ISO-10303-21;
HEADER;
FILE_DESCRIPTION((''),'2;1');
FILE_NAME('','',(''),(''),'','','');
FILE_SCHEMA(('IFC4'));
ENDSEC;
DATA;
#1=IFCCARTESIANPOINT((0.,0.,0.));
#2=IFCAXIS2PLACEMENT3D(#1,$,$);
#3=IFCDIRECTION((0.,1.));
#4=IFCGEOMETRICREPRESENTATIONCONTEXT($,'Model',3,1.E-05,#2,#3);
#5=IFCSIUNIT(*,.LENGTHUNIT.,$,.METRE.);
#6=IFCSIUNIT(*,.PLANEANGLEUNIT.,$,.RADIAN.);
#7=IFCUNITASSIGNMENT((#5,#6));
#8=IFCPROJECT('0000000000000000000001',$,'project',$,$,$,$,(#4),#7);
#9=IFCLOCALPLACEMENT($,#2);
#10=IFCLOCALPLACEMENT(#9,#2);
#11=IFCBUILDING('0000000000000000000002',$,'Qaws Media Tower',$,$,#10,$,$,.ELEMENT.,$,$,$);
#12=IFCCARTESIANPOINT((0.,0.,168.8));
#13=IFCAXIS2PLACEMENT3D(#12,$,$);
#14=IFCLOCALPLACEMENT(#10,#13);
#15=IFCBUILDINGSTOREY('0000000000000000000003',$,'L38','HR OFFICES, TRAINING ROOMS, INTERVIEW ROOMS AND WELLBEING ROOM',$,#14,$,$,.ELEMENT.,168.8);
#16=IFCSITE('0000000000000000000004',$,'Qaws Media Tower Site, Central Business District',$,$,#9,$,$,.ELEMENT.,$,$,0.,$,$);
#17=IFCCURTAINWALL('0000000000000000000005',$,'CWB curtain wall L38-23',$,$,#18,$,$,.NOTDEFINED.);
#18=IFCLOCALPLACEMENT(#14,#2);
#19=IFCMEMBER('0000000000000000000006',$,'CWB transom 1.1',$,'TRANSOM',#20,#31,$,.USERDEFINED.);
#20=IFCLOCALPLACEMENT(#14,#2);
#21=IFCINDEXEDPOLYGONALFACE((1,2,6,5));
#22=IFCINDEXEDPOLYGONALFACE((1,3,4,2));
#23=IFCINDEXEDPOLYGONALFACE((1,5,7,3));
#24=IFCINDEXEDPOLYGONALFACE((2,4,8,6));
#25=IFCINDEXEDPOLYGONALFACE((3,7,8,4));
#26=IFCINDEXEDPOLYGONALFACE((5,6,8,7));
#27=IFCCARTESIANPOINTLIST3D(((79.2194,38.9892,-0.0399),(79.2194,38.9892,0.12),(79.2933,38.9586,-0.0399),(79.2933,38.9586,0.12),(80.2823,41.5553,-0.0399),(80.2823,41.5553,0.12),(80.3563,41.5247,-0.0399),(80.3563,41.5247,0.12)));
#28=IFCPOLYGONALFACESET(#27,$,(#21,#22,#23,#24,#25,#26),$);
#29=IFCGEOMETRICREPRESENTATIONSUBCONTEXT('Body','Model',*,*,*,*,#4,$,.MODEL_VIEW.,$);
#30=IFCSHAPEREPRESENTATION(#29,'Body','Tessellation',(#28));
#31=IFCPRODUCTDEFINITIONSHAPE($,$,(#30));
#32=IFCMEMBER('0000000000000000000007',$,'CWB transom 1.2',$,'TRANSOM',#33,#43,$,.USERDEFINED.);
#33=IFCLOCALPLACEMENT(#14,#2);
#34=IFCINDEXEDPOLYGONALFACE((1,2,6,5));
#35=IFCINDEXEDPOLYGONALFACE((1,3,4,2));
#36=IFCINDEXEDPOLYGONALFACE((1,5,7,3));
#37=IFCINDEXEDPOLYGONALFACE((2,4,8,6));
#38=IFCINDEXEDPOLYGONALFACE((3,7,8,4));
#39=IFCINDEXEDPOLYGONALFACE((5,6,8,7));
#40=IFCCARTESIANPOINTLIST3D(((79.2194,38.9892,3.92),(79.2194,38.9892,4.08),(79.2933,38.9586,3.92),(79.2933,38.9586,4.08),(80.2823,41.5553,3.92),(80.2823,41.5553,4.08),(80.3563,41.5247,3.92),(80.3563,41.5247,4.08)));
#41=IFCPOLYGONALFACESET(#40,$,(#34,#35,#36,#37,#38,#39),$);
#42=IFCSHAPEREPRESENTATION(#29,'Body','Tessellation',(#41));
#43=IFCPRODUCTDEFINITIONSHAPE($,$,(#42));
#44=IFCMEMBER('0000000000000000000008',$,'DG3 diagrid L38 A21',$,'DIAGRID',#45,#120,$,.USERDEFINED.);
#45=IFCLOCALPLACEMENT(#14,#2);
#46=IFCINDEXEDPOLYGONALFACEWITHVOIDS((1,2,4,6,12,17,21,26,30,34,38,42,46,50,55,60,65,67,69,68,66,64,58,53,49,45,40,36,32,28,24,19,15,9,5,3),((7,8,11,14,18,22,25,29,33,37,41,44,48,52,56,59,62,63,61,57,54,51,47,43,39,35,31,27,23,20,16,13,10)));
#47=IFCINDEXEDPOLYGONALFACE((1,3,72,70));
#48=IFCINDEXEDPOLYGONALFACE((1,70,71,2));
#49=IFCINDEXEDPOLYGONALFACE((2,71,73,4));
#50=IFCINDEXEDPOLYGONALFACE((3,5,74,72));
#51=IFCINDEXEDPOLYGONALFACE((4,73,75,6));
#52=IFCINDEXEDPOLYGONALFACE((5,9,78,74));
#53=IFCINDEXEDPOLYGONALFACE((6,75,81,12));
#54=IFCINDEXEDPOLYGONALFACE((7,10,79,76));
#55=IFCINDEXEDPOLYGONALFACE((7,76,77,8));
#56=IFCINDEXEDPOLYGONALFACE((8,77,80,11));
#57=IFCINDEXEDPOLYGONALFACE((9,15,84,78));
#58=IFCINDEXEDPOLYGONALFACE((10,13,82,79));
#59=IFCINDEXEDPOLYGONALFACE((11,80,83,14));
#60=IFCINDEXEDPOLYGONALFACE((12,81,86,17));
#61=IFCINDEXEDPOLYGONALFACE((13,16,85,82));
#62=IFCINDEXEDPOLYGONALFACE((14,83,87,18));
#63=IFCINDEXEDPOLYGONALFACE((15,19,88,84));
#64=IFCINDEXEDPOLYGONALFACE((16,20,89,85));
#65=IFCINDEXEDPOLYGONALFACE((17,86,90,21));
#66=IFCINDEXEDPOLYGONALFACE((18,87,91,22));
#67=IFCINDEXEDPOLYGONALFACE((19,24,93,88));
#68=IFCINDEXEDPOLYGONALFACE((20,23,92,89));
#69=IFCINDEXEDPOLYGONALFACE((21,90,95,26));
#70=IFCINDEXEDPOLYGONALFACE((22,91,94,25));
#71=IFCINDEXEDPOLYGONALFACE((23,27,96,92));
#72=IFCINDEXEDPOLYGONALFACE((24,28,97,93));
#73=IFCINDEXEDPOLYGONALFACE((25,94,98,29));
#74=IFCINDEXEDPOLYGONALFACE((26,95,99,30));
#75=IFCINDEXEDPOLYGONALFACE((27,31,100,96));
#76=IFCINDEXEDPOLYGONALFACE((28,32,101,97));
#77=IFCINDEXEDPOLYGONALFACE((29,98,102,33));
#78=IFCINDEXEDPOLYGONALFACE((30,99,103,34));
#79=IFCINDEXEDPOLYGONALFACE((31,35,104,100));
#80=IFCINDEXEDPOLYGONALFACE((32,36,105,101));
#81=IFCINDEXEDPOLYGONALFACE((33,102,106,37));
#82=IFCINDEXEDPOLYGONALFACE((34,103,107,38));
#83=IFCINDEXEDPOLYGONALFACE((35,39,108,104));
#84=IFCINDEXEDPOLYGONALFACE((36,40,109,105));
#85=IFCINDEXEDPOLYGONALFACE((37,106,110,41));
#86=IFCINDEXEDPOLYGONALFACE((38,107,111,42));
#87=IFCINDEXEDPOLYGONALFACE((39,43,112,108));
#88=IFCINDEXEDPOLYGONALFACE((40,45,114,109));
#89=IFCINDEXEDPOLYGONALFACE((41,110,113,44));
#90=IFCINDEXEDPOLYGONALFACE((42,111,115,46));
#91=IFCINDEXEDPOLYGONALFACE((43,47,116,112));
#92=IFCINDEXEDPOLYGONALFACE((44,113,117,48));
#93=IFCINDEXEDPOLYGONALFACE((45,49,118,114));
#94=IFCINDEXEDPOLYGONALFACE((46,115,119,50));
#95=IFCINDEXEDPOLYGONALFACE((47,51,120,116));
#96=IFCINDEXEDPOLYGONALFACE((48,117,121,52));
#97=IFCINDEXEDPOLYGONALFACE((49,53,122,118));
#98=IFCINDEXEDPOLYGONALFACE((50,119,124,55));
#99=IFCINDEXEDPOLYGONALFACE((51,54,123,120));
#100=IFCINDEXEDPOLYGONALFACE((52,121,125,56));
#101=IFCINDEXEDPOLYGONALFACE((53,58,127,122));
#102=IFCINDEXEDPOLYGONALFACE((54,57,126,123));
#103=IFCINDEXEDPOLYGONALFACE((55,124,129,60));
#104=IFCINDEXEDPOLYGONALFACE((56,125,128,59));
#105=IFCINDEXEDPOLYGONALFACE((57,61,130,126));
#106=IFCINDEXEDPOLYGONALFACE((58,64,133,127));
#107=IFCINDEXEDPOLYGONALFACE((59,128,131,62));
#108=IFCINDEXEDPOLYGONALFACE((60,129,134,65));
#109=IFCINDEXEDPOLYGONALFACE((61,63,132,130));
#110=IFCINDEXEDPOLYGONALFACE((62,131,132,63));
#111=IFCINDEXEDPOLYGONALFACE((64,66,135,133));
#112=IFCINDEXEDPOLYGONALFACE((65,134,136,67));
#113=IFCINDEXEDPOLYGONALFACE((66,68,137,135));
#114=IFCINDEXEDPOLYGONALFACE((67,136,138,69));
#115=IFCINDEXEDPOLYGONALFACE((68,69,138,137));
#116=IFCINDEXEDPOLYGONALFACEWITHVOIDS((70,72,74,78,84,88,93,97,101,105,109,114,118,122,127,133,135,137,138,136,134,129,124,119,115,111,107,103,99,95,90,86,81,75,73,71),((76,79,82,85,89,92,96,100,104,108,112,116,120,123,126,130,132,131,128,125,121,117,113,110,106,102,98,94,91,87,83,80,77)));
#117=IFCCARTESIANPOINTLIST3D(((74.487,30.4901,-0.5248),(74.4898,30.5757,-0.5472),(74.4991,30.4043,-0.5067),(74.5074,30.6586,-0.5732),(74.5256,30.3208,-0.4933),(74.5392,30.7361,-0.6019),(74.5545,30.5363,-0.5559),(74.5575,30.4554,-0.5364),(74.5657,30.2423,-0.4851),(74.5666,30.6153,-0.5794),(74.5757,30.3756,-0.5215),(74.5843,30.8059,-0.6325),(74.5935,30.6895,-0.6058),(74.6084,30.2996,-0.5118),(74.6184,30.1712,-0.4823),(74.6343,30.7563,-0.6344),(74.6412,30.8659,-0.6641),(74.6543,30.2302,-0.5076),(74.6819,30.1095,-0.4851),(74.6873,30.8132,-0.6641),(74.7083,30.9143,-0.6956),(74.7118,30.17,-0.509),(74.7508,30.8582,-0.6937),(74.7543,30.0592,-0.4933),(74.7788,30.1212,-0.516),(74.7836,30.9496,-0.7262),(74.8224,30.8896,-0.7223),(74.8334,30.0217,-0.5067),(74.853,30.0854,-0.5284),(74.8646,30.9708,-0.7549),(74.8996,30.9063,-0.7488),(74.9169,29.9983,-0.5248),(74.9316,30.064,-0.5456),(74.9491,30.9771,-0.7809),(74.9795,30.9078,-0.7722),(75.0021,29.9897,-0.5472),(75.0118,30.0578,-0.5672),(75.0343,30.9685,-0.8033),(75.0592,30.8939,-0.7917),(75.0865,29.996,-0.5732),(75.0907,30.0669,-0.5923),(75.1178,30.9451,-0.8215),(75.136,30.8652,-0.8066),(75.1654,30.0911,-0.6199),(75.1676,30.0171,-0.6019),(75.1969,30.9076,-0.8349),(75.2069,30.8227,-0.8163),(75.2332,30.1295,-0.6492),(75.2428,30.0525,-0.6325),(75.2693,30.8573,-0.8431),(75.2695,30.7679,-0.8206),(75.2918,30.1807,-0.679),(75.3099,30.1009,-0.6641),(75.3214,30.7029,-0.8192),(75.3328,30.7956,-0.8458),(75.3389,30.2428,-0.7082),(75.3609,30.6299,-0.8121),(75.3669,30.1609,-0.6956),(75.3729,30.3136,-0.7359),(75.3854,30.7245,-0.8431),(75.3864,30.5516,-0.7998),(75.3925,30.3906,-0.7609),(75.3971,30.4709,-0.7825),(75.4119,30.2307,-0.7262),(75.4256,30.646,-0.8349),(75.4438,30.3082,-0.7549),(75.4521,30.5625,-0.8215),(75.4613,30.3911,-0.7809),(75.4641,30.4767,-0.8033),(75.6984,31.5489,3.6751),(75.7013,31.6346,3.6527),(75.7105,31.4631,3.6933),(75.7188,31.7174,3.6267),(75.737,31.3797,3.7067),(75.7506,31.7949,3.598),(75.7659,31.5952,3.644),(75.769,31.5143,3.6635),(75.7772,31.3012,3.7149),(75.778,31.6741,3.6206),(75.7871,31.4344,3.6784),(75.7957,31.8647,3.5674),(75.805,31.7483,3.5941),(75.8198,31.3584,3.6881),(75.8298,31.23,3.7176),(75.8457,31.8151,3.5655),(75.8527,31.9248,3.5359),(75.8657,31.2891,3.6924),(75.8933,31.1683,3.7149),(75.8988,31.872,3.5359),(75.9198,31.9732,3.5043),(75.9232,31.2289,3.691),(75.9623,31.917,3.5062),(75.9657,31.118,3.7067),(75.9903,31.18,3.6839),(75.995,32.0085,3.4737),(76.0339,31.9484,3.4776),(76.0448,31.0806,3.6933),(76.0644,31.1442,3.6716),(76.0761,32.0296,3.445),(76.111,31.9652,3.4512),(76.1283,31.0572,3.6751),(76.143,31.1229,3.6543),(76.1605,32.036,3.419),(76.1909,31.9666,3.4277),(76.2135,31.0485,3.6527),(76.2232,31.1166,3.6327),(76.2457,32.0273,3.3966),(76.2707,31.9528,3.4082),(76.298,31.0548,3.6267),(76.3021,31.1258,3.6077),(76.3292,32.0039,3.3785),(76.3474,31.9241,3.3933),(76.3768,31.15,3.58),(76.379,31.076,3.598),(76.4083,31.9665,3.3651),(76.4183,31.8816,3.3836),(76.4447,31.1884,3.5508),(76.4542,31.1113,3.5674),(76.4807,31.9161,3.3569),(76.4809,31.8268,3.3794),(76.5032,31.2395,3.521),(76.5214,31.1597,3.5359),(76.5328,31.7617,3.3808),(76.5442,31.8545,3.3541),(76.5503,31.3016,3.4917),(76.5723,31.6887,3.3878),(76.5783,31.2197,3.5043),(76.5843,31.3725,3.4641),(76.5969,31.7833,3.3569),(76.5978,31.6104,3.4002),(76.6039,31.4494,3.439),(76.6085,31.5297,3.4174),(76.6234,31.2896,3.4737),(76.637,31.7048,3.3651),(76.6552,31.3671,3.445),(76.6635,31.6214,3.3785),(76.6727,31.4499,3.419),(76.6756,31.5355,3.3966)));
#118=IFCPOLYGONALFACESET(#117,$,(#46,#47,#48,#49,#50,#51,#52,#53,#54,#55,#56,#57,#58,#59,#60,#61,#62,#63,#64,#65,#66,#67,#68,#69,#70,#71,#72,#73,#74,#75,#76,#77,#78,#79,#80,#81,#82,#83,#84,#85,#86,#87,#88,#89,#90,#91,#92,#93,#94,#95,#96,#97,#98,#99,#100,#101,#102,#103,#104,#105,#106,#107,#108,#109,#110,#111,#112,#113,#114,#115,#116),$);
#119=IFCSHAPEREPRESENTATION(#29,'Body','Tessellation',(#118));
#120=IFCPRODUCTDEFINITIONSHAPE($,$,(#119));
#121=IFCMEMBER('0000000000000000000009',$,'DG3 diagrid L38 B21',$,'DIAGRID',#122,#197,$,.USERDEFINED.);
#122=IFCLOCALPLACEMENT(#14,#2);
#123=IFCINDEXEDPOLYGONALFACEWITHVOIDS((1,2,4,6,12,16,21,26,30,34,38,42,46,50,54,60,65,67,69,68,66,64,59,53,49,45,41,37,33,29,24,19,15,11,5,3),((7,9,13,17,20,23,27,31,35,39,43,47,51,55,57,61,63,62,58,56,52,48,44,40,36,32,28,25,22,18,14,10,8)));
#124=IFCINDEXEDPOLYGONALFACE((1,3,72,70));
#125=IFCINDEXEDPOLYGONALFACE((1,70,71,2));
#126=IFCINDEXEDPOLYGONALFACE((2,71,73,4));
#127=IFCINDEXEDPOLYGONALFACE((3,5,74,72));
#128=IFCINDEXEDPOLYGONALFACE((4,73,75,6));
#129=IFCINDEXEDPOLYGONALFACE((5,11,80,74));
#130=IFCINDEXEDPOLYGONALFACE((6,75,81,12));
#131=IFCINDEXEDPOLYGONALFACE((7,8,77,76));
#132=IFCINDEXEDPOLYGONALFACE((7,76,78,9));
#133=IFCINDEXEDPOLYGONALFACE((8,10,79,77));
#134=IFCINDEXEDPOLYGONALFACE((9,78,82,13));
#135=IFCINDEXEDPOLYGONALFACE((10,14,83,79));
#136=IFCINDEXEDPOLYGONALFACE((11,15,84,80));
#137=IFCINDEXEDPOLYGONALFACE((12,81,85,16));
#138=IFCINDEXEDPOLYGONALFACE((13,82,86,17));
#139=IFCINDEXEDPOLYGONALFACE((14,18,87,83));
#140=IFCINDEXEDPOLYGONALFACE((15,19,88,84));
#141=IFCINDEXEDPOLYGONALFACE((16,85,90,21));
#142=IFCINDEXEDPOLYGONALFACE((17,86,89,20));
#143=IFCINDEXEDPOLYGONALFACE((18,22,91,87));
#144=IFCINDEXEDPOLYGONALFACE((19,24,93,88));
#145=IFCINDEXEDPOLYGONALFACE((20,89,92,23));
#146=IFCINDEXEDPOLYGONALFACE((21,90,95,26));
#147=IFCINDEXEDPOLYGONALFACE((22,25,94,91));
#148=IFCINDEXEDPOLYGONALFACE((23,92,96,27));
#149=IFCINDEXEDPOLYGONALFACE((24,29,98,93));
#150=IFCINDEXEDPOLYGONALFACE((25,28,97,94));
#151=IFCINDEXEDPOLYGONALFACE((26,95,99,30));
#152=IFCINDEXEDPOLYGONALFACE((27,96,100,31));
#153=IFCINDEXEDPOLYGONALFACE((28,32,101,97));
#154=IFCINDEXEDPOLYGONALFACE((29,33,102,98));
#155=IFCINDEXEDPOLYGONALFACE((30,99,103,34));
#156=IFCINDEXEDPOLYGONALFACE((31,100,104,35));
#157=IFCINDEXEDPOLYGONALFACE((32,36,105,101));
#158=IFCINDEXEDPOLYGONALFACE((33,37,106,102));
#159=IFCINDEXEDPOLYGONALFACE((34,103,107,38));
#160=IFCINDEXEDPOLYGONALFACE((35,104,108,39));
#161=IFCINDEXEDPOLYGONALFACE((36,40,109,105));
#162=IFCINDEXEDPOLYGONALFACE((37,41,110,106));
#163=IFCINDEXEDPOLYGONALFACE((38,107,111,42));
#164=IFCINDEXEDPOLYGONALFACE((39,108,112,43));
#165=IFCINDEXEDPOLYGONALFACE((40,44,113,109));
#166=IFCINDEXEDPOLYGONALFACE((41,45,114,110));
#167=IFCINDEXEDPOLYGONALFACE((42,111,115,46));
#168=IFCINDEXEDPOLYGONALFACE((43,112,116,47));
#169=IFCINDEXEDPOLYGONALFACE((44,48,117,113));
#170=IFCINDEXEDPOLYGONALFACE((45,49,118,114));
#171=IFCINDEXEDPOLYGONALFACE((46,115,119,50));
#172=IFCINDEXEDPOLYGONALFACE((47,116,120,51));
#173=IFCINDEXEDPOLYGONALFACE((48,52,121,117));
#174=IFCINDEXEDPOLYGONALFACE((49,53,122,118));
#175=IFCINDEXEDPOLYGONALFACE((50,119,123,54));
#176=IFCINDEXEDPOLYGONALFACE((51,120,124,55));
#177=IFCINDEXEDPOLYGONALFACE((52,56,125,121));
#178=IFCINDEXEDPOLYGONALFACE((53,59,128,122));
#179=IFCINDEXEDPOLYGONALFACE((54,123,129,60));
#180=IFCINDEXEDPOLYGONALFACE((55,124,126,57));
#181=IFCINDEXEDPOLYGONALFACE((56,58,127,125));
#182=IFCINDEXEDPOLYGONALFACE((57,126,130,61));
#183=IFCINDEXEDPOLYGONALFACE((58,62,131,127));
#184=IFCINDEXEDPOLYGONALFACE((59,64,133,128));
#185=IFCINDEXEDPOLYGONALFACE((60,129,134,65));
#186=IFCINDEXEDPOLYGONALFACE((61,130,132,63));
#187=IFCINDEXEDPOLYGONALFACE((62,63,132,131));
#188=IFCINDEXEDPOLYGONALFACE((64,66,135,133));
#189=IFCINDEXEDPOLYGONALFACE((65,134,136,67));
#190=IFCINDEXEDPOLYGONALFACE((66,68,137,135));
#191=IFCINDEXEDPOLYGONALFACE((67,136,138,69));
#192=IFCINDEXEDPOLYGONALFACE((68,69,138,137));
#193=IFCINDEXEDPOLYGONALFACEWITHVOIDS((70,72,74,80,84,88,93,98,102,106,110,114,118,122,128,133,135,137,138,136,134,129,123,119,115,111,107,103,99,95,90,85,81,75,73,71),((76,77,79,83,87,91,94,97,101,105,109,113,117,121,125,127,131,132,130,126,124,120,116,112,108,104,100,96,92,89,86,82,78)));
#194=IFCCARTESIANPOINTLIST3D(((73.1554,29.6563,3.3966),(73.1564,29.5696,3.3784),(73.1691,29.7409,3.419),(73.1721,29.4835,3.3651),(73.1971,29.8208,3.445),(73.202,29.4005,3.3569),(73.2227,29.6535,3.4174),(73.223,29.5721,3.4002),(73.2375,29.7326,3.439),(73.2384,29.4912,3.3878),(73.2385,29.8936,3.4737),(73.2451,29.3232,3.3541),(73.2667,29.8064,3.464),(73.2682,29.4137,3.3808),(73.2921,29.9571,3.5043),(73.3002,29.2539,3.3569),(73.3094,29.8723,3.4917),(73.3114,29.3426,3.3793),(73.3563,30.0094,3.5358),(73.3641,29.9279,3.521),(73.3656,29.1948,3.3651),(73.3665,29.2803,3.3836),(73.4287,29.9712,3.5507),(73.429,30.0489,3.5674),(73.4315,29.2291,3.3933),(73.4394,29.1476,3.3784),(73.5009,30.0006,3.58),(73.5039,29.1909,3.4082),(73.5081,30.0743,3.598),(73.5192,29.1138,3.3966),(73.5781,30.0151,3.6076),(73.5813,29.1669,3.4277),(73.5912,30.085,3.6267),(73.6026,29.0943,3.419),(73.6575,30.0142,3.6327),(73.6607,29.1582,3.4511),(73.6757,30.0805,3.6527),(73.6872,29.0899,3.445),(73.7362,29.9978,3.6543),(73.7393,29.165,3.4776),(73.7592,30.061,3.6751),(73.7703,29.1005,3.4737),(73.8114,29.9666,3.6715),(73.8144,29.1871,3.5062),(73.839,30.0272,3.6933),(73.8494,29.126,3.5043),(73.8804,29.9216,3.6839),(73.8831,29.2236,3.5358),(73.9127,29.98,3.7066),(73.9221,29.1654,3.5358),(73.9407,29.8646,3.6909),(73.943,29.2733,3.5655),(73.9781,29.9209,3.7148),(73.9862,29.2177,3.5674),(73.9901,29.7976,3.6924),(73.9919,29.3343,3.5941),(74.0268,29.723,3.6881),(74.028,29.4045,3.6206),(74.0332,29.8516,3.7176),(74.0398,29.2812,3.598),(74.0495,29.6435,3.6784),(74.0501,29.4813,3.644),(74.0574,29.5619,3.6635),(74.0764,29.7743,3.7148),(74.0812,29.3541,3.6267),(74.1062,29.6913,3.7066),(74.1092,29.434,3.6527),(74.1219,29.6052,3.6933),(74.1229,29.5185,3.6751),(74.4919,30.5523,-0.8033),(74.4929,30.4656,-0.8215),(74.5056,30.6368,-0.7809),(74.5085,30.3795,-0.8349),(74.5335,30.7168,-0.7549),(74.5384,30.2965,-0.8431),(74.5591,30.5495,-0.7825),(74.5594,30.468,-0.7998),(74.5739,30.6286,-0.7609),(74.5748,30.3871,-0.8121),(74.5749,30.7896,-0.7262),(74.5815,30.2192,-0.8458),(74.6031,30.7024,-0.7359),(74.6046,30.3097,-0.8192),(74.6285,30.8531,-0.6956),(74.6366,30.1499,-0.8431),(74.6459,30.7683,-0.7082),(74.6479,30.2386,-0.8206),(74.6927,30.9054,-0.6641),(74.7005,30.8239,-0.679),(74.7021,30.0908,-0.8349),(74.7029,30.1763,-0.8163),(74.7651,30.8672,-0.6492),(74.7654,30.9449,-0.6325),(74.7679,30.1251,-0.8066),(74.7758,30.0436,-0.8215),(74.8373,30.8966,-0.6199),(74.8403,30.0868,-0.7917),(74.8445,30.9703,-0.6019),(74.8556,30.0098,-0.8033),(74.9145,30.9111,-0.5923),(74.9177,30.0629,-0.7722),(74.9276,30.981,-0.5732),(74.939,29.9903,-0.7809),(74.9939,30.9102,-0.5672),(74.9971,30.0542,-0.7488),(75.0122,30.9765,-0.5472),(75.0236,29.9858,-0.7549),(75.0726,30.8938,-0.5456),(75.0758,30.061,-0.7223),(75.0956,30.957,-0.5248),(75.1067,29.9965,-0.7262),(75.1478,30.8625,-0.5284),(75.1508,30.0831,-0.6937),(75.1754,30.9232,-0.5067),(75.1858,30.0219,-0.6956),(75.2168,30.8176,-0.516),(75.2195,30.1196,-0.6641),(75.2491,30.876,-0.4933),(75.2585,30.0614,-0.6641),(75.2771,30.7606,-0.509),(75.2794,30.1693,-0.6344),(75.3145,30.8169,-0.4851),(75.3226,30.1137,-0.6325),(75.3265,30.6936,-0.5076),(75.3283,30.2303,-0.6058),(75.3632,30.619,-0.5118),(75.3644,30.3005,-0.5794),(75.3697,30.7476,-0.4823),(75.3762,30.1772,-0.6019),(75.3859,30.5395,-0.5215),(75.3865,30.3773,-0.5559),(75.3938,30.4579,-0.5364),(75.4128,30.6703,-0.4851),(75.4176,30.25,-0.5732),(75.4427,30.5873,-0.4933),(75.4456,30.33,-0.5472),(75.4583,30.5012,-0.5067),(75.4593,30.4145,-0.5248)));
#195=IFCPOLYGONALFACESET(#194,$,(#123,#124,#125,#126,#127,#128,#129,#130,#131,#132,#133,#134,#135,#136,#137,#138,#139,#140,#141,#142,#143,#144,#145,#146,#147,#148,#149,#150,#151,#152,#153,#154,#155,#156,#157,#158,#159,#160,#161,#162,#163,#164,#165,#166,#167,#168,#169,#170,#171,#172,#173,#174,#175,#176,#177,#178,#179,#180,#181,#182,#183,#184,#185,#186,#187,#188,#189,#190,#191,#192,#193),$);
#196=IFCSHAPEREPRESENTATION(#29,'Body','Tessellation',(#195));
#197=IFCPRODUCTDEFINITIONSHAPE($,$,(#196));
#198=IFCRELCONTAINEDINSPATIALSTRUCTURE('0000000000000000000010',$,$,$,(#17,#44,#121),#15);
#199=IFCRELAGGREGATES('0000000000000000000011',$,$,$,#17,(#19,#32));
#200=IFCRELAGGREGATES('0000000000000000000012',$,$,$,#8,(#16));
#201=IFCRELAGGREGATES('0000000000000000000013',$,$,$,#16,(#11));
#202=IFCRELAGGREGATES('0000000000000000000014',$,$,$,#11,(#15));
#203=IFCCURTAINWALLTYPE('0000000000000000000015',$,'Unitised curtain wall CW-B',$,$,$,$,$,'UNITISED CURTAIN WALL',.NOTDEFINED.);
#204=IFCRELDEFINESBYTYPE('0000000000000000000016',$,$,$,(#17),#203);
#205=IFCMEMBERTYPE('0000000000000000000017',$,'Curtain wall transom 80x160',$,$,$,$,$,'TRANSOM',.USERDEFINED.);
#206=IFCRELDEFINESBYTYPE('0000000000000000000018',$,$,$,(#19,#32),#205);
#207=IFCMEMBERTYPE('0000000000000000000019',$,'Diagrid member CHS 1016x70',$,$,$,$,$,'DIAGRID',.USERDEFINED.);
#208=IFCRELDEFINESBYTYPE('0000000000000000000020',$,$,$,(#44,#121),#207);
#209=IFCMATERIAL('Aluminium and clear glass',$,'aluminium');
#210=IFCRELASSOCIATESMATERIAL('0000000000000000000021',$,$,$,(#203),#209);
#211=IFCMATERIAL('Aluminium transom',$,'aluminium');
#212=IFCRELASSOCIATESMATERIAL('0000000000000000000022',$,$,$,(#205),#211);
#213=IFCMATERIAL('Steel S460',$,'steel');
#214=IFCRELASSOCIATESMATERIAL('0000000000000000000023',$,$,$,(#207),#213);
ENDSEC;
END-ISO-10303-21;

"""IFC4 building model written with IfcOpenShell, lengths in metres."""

from ifc_helpers import new_model, si_unit, direction, frame, origin, origin_2d, place, context, subcontext, project, spatial, rectangle, hollow_circle, extrude, material, material_profile, profile_set, type_object, element, aggregate, save


model = new_model("IFC4")

# Units and contexts
model_context = context("Model", 3, precision=1e-05, world=origin(), true_north=direction((0.0, 1.0)))
body_context = subcontext(model_context, "Body", "Model", "MODEL_VIEW")
ifc_project = project(units=[si_unit("LENGTHUNIT", "METRE"), si_unit("PLANEANGLEUNIT", "RADIAN")], contexts=[model_context])

# Site, building, storey
site_placement = place(None, origin())
site = spatial("IfcSite", under=ifc_project, at=site_placement, Name="Qaws Media Tower Site, Central Business District", CompositionType="ELEMENT", RefElevation=0.0)
building_placement = place(site_placement, origin())
building = spatial("IfcBuilding", under=site, at=building_placement, Name="Qaws Media Tower", CompositionType="ELEMENT")
storey_placement = place(building_placement, frame((0.0, 0.0, 168.8)))
storey = spatial("IfcBuildingStorey", under=building, at=storey_placement, Name="L38", Description="HR OFFICES, TRAINING ROOMS, INTERVIEW ROOMS AND WELLBEING ROOM", CompositionType="ELEMENT", Elevation=168.8)

# Shared definitions
ifc_material_1 = material(Name="Aluminium and clear glass", Category="aluminium")
curtain_wall_type = type_object("IfcCurtainWallType", Name="Unitised curtain wall CW-B", ElementType="UNITISED CURTAIN WALL", PredefinedType="NOTDEFINED", material=ifc_material_1)

# Curtain wall
curtain_wall_1_placement = place(storey_placement, origin())
curtain_wall_1 = element("IfcCurtainWall", 1, at=curtain_wall_1_placement, inside=storey, type_object=curtain_wall_type, Name="CWB curtain wall L38-23", PredefinedType="NOTDEFINED")

# Members
ifc_material_2 = material(Name="Aluminium transom", Category="aluminium")
ifc_material_profile_1 = material_profile(ifc_material_2, rectangle(XDim=0.0801, YDim=0.1599, at=origin_2d()), Name="80x160")
ifc_profile_set_1 = profile_set([ifc_material_profile_1], Name="Aluminium transom")
member_type_1 = type_object("IfcMemberType", Name="Curtain wall transom 80x160", ElementType="TRANSOM", PredefinedType="USERDEFINED", material=ifc_profile_set_1)
member_1_placement = place(storey_placement, frame((79.2563, 38.9739, 0.04), z_axis=(0.382699, 0.923873, 0.0), x_axis=(-0.923873, 0.382699, 0.0)))
member_1 = element("IfcMember", 2, at=member_1_placement, type_object=member_type_1, Name="CWB transom 1.1", ObjectType="TRANSOM", PredefinedType="USERDEFINED", context=body_context, shape_type="SweptSolid", body=[
    extrude(rectangle(XDim=0.0801, YDim=0.1599, at=origin_2d()), origin(), (0.0, 0.0, 1.0), 2.7776),
])
member_2_placement = place(storey_placement, frame((79.2563, 38.9739, 4.0), z_axis=(0.382699, 0.923873, 0.0), x_axis=(-0.923873, 0.382699, 0.0)))
member_2 = element("IfcMember", 3, at=member_2_placement, type_object=member_type_1, Name="CWB transom 1.2", ObjectType="TRANSOM", PredefinedType="USERDEFINED", context=body_context, shape_type="SweptSolid", body=[
    extrude(rectangle(XDim=0.0801, YDim=0.1599, at=origin_2d()), origin(), (0.0, 0.0, 1.0), 2.7776),
])
aggregate(curtain_wall_1, [member_1, member_2])

# Members
ifc_material_3 = material(Name="Steel S460", Category="steel")
ifc_material_profile_2 = material_profile(ifc_material_3, hollow_circle(Radius=0.5081, WallThickness=0.0701, at=origin_2d()), Name="CHS 1016x70")
ifc_profile_set_2 = profile_set([ifc_material_profile_2], Name="Steel S460")
member_type_2 = type_object("IfcMemberType", Name="Diagrid member CHS 1016x70", ElementType="DIAGRID", PredefinedType="USERDEFINED", material=ifc_profile_set_2)
for number, where, z_axis, x_axis, name in (
    (4, (74.9756, 30.4834, -0.6641), (0.26935, 0.235424, 0.933823), (-0.658096, 0.752934, 0.0), "DG3 diagrid L38 A21"),
    (5, (74.9756, 30.4834, -0.6641), (-0.297142, -0.199216, 0.93382), (0.556869, -0.8306, 0.0), "DG3 diagrid L38 B21"),
):
    element("IfcMember", number, at=place(storey_placement, frame(where, z_axis=z_axis, x_axis=x_axis)), inside=storey, type_object=member_type_2, Name=name, ObjectType="DIAGRID", PredefinedType="USERDEFINED", context=body_context, shape_type="SweptSolid", body=[
        extrude(hollow_circle(Radius=0.5081, WallThickness=0.0701, at=origin_2d()), origin(), (0.0, 0.0, 1.0), 4.4976),
    ])

save(model, "model.ifc")
